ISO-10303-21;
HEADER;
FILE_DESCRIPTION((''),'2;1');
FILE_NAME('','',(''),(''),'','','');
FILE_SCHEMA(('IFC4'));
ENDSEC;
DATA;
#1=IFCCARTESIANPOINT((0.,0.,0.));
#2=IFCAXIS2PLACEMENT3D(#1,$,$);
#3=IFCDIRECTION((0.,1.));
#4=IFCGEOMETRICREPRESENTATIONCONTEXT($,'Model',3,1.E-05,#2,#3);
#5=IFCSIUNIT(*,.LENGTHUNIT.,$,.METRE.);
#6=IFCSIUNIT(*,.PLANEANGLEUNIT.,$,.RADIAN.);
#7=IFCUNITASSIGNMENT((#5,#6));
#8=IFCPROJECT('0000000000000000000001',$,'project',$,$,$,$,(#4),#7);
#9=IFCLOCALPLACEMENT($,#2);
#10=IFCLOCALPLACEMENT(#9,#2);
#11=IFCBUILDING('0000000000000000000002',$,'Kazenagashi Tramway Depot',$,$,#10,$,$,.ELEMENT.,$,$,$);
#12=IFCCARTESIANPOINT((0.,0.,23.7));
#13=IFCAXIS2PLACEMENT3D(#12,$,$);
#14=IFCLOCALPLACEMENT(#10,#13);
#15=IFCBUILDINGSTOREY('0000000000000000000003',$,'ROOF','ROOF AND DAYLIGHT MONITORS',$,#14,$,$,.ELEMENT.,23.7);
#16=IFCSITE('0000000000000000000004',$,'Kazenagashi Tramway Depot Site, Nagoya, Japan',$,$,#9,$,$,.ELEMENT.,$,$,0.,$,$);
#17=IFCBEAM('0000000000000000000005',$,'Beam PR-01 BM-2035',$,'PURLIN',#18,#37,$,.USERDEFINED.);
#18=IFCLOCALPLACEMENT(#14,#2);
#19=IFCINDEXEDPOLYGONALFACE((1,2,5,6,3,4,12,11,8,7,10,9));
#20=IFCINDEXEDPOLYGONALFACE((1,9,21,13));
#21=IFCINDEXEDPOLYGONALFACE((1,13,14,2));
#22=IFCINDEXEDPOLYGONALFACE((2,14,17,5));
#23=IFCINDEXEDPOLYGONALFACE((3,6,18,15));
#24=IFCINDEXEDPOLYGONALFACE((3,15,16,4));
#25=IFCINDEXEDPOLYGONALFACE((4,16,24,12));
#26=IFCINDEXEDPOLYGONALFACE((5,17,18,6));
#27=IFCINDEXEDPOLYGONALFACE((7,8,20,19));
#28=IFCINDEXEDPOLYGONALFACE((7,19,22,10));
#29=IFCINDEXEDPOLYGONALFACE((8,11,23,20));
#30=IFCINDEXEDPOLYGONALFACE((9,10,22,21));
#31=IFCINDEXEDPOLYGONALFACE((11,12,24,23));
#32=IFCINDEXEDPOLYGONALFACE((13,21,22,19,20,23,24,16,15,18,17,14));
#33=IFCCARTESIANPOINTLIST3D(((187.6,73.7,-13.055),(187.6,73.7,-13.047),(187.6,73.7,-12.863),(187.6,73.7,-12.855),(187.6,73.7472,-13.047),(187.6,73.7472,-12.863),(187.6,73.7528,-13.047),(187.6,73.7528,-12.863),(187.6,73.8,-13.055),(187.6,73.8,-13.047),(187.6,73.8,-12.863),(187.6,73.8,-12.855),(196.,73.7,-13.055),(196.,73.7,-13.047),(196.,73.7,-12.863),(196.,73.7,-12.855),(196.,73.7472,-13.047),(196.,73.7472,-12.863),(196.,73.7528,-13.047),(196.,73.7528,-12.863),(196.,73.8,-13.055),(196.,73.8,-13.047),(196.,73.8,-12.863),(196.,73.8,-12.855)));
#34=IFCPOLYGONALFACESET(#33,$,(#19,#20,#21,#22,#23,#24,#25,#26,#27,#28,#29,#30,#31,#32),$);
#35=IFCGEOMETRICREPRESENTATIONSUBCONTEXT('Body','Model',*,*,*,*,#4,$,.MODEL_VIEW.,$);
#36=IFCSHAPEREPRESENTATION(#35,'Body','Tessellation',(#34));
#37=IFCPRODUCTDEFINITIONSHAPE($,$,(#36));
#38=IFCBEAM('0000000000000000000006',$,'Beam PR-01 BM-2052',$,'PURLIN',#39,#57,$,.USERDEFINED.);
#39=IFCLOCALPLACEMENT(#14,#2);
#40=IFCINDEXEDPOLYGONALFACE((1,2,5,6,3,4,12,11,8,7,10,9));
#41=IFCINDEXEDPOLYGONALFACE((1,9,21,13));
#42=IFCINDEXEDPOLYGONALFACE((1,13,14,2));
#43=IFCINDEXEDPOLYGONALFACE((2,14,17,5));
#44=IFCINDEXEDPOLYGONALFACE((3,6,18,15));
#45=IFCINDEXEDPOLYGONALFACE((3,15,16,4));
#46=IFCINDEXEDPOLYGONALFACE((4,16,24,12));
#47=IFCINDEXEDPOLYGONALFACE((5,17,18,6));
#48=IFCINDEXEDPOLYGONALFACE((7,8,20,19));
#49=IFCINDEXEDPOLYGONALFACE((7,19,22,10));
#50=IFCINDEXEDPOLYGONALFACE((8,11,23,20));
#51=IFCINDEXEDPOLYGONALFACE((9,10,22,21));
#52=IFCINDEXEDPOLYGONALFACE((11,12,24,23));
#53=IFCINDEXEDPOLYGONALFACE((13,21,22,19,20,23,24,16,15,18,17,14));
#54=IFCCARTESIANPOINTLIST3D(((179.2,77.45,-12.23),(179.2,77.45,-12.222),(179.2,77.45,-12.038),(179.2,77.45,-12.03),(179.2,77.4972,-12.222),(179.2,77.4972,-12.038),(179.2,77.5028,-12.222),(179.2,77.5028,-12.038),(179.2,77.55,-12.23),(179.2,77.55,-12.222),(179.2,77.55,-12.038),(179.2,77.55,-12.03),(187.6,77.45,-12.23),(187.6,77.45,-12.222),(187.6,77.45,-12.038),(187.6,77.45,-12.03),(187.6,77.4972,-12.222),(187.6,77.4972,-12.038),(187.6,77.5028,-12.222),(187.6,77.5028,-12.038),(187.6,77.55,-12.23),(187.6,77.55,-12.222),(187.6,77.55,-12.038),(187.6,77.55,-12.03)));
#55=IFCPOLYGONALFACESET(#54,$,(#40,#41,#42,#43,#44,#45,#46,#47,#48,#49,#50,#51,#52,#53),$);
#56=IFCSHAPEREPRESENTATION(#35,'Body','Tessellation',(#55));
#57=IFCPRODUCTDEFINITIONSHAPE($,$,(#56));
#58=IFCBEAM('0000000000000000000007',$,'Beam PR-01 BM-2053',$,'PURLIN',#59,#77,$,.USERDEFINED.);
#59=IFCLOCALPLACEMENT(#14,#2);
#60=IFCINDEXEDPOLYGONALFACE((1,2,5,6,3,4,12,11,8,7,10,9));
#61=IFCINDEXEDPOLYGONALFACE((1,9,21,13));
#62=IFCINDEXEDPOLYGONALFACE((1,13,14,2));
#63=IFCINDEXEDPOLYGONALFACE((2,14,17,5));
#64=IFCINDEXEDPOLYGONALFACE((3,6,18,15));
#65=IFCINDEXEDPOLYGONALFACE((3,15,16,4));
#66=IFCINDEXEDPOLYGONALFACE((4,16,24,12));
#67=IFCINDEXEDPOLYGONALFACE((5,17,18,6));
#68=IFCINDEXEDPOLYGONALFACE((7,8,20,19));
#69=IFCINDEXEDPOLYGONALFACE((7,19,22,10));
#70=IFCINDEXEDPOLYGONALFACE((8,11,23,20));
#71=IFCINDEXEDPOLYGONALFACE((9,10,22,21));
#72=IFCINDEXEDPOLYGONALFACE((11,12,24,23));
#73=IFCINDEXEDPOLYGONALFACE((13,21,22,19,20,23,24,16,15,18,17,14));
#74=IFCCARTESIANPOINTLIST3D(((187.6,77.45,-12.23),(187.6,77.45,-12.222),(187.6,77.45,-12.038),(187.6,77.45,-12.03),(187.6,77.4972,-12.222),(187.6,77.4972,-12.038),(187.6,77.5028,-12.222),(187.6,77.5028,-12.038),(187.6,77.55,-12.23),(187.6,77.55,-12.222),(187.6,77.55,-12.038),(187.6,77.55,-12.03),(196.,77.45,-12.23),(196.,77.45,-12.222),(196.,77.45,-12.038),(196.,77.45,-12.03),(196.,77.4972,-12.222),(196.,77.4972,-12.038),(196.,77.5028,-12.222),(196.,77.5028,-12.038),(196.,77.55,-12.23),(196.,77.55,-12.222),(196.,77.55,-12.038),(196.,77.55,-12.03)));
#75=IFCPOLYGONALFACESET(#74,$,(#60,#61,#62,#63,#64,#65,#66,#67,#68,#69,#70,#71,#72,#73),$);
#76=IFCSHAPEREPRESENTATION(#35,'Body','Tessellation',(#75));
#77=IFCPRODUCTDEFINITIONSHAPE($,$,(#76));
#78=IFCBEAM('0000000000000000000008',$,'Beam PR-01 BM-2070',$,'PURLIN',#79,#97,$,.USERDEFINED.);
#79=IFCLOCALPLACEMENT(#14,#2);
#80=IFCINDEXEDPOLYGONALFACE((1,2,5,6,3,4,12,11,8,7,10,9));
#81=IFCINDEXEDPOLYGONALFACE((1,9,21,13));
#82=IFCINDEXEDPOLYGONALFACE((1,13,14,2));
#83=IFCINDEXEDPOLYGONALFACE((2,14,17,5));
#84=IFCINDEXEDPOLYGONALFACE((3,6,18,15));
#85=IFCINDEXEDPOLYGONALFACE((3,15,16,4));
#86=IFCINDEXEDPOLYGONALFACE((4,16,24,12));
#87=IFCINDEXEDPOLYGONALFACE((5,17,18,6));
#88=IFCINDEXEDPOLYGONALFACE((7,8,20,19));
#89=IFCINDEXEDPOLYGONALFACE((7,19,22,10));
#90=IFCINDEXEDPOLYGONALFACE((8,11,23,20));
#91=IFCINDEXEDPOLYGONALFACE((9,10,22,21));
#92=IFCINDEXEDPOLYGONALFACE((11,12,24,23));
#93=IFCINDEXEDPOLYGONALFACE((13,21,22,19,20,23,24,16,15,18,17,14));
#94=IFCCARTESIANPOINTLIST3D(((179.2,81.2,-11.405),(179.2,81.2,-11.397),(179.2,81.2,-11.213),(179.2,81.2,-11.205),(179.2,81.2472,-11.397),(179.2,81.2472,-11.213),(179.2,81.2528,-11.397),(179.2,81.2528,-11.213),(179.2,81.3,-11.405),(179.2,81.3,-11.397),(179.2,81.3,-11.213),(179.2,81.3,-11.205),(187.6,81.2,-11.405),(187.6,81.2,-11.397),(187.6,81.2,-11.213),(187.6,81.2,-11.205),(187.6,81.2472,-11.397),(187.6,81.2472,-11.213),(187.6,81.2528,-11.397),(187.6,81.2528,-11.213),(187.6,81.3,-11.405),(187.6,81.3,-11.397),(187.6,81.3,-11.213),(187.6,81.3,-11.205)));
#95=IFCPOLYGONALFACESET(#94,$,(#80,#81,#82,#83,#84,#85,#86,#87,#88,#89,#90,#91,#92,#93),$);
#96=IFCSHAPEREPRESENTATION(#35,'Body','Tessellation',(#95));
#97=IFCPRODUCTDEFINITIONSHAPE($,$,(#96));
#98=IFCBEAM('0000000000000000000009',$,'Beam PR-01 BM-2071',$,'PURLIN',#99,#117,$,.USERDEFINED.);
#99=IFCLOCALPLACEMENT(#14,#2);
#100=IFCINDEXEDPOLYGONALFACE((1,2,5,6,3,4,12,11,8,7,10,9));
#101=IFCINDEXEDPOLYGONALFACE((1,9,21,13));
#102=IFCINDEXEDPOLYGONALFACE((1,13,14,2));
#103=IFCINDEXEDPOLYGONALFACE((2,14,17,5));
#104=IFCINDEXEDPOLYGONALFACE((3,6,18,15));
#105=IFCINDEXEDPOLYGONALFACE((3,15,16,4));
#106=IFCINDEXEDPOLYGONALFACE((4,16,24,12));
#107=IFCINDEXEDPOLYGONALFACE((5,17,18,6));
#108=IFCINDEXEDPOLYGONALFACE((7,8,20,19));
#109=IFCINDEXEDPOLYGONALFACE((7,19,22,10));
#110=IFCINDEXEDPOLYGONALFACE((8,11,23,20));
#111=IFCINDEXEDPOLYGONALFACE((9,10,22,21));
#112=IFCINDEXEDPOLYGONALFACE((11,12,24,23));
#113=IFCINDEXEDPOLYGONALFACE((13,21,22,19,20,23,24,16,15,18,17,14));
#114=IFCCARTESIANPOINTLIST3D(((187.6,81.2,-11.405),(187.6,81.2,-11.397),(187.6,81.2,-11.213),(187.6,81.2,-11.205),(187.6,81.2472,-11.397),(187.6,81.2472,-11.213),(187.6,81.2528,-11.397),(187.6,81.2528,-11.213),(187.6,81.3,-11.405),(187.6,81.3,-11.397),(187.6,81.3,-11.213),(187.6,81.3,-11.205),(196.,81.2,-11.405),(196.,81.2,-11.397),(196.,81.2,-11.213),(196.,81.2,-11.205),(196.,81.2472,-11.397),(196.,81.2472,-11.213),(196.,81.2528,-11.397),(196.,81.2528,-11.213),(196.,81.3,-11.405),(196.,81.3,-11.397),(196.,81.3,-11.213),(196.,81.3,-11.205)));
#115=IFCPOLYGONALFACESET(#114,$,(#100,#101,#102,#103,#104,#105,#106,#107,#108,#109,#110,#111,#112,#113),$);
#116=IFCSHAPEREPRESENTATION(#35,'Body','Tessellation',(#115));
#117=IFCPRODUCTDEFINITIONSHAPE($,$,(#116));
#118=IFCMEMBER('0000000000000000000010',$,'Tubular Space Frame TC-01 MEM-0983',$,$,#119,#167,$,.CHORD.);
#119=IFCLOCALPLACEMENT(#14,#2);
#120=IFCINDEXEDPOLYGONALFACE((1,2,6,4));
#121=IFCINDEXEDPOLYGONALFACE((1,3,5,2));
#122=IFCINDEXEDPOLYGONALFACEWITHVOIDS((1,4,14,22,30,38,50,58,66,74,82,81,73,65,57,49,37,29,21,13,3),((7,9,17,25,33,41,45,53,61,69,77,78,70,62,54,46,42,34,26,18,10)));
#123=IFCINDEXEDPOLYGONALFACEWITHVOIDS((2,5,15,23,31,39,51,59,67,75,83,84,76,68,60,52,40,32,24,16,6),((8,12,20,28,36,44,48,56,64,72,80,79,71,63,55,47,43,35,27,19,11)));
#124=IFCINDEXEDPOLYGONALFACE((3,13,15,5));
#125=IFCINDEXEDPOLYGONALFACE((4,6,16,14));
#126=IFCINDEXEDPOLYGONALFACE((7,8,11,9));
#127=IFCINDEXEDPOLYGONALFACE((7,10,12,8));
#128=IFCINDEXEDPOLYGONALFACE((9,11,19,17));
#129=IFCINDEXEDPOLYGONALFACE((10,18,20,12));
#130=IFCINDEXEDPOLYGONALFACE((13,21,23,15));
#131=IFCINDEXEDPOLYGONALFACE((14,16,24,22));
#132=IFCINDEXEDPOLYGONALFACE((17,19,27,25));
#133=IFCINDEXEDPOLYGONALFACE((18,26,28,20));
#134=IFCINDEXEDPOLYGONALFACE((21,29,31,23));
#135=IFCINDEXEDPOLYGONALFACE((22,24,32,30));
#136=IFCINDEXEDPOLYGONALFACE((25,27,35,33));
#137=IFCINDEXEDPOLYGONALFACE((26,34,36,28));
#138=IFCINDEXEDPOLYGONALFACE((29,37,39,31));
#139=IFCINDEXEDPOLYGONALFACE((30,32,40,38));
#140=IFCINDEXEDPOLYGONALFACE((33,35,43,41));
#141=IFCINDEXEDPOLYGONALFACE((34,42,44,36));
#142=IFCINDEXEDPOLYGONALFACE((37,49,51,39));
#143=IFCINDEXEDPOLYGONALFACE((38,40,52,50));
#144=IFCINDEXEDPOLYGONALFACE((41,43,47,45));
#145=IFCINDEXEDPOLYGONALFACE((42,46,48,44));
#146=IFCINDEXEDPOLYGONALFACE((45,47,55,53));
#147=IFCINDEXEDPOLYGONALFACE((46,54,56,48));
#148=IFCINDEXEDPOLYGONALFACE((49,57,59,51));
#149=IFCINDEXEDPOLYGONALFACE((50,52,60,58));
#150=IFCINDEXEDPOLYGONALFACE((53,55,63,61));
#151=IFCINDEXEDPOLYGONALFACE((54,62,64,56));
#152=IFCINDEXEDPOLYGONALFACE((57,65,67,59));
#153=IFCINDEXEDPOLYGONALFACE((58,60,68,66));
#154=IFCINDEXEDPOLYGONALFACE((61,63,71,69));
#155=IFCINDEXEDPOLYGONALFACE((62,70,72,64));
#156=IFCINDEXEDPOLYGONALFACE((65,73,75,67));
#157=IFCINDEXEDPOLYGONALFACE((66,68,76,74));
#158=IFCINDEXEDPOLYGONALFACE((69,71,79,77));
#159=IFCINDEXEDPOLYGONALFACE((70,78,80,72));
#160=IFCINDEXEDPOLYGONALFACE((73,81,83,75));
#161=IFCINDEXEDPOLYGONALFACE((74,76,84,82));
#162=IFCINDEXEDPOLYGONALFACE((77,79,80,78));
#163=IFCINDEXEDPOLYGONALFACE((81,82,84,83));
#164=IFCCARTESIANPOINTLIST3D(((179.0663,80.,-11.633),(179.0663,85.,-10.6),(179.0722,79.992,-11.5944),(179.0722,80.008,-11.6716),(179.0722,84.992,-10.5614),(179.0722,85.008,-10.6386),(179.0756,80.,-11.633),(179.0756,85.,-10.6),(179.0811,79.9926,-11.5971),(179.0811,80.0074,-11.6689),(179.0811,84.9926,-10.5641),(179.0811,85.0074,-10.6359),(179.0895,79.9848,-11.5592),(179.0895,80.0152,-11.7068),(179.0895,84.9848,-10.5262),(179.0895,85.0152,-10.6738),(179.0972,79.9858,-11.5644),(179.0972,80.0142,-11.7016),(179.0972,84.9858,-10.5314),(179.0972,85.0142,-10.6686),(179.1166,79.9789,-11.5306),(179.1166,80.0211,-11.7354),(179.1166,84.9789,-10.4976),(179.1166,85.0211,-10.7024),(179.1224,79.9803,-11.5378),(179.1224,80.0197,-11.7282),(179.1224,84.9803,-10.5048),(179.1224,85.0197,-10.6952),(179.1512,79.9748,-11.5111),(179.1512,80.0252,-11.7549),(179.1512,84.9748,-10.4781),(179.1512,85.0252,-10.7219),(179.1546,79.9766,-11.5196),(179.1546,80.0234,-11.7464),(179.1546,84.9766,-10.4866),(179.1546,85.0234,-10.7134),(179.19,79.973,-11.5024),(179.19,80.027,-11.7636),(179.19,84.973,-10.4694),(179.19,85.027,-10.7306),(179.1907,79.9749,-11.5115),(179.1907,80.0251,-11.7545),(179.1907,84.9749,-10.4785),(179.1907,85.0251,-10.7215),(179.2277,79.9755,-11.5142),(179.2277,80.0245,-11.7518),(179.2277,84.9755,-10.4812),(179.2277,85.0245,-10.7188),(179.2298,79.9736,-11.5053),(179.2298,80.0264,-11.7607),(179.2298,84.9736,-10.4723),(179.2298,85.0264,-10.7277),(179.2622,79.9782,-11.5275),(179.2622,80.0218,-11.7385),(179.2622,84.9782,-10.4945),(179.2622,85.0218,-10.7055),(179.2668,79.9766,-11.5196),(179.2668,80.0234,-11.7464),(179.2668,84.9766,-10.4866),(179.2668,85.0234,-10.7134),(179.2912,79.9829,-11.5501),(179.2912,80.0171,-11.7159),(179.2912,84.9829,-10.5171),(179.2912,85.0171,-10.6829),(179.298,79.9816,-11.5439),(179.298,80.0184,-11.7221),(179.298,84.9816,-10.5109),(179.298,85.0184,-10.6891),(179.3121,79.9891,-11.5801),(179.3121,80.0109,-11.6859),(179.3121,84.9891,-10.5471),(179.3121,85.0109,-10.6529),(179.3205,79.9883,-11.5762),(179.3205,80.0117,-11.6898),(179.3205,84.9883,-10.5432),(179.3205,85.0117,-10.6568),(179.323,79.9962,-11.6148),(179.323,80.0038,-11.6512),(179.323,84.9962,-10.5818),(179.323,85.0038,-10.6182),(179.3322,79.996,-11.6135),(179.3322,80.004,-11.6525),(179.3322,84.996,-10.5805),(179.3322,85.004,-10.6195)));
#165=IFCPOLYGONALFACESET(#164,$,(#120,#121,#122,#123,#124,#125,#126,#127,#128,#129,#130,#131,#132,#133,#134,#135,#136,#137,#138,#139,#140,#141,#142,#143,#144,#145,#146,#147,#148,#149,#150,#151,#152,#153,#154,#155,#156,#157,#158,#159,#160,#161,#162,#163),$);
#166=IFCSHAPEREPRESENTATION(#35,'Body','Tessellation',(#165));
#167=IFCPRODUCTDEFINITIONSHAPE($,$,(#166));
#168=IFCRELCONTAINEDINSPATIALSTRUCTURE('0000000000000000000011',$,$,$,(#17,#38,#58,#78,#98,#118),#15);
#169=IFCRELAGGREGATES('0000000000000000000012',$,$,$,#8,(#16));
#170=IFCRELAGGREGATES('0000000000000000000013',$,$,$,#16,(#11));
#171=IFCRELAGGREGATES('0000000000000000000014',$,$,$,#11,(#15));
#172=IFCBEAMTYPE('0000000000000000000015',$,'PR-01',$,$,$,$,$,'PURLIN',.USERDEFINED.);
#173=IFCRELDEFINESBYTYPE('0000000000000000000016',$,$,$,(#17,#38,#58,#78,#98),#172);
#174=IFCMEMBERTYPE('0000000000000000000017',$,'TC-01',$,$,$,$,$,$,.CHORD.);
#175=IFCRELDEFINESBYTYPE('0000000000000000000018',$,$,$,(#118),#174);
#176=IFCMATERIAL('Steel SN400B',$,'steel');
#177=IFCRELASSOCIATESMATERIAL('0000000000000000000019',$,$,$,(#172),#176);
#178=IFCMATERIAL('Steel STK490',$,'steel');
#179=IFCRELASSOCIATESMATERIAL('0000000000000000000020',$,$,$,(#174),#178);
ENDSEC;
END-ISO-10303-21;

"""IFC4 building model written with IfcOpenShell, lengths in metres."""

from ifc_helpers import new_model, si_unit, direction, frame, origin, origin_2d, place, context, subcontext, project, spatial, hollow_circle, i_section, extrude, material, material_profile, profile_set, type_object, element, save


model = new_model("IFC4")

# Units and contexts
model_context = context("Model", 3, precision=1e-05, world=origin(), true_north=direction((0.0, 1.0)))
body_context = subcontext(model_context, "Body", "Model", "MODEL_VIEW")
ifc_project = project(units=[si_unit("LENGTHUNIT", "METRE"), si_unit("PLANEANGLEUNIT", "RADIAN")], contexts=[model_context])

# Site, building, storey
site_placement = place(None, origin())
site = spatial("IfcSite", under=ifc_project, at=site_placement, Name="Kazenagashi Tramway Depot Site, Nagoya, Japan", CompositionType="ELEMENT", RefElevation=0.0)
building_placement = place(site_placement, origin())
building = spatial("IfcBuilding", under=site, at=building_placement, Name="Kazenagashi Tramway Depot", CompositionType="ELEMENT")
storey_placement = place(building_placement, frame((0.0, 0.0, 23.7)))
storey = spatial("IfcBuildingStorey", under=building, at=storey_placement, Name="ROOF", Description="ROOF AND DAYLIGHT MONITORS", CompositionType="ELEMENT", Elevation=23.7)

# Beams
ifc_material_1 = material(Name="Steel SN400B", Category="steel")
ifc_material_profile_1 = material_profile(ifc_material_1, i_section(OverallWidth=0.1, OverallDepth=0.2, WebThickness=0.0055, FlangeThickness=0.008, at=origin_2d()), Name="H-200x100x5.5x8")
ifc_profile_set_1 = profile_set([ifc_material_profile_1], Name="Steel SN400B")
beam_type = type_object("IfcBeamType", Name="PR-01", ElementType="PURLIN", PredefinedType="USERDEFINED", material=ifc_profile_set_1)
for number, where, z_axis, x_axis, name in (
    (1, (187.6, 73.75, -12.955), (1.0, 0.0, 0.0), (0.0, 1.0, 0.0), "Beam PR-01 BM-2035"),
    (2, (179.2, 77.5, -12.13), (1.0, 0.0, 0.0), (0.0, 1.0, 0.0), "Beam PR-01 BM-2052"),
    (3, (187.6, 77.5, -12.13), (1.0, 0.0, 0.0), (0.0, 1.0, 0.0), "Beam PR-01 BM-2053"),
    (4, (179.2, 81.25, -11.305), (1.0, 0.0, 0.0), (0.0, 1.0, 0.0), "Beam PR-01 BM-2070"),
    (5, (187.6, 81.25, -11.305), (1.0, 0.0, 0.0), (0.0, 1.0, 0.0), "Beam PR-01 BM-2071"),
):
    element("IfcBeam", number, at=place(storey_placement, frame(where, z_axis=z_axis, x_axis=x_axis)), inside=storey, type_object=beam_type, Name=name, ObjectType="PURLIN", PredefinedType="USERDEFINED", context=body_context, shape_type="SweptSolid", body=[
        extrude(i_section(OverallWidth=0.1, OverallDepth=0.2, WebThickness=0.0055, FlangeThickness=0.008, at=origin_2d()), origin(), (0.0, 0.0, 1.0), 8.4),
    ])

# Member
ifc_material_2 = material(Name="Steel STK490", Category="steel")
ifc_material_profile_2 = material_profile(ifc_material_2, hollow_circle(Radius=0.1337, WallThickness=0.0093, at=origin_2d()), Name="CHS-267.4x9.3")
ifc_profile_set_2 = profile_set([ifc_material_profile_2], Name="Steel STK490")
member_type_1 = type_object("IfcMemberType", Name="TC-01", PredefinedType="CHORD", material=ifc_profile_set_2)
for number, where, z_axis, x_axis, name in (
    (6, (179.2, 80.0, -11.633), (0.0, 0.979318, 0.202327), (-1.0, 0.0, 0.0), "Tubular Space Frame TC-01 MEM-0983"),
):
    element("IfcMember", number, at=place(storey_placement, frame(where, z_axis=z_axis, x_axis=x_axis)), inside=storey, type_object=member_type_1, Name=name, PredefinedType="CHORD", context=body_context, shape_type="SweptSolid", body=[
        extrude(hollow_circle(Radius=0.1337, WallThickness=0.0093, at=origin_2d()), origin(), (0.0, 0.0, 1.0), 5.1056),
    ])

save(model, "model.ifc")
